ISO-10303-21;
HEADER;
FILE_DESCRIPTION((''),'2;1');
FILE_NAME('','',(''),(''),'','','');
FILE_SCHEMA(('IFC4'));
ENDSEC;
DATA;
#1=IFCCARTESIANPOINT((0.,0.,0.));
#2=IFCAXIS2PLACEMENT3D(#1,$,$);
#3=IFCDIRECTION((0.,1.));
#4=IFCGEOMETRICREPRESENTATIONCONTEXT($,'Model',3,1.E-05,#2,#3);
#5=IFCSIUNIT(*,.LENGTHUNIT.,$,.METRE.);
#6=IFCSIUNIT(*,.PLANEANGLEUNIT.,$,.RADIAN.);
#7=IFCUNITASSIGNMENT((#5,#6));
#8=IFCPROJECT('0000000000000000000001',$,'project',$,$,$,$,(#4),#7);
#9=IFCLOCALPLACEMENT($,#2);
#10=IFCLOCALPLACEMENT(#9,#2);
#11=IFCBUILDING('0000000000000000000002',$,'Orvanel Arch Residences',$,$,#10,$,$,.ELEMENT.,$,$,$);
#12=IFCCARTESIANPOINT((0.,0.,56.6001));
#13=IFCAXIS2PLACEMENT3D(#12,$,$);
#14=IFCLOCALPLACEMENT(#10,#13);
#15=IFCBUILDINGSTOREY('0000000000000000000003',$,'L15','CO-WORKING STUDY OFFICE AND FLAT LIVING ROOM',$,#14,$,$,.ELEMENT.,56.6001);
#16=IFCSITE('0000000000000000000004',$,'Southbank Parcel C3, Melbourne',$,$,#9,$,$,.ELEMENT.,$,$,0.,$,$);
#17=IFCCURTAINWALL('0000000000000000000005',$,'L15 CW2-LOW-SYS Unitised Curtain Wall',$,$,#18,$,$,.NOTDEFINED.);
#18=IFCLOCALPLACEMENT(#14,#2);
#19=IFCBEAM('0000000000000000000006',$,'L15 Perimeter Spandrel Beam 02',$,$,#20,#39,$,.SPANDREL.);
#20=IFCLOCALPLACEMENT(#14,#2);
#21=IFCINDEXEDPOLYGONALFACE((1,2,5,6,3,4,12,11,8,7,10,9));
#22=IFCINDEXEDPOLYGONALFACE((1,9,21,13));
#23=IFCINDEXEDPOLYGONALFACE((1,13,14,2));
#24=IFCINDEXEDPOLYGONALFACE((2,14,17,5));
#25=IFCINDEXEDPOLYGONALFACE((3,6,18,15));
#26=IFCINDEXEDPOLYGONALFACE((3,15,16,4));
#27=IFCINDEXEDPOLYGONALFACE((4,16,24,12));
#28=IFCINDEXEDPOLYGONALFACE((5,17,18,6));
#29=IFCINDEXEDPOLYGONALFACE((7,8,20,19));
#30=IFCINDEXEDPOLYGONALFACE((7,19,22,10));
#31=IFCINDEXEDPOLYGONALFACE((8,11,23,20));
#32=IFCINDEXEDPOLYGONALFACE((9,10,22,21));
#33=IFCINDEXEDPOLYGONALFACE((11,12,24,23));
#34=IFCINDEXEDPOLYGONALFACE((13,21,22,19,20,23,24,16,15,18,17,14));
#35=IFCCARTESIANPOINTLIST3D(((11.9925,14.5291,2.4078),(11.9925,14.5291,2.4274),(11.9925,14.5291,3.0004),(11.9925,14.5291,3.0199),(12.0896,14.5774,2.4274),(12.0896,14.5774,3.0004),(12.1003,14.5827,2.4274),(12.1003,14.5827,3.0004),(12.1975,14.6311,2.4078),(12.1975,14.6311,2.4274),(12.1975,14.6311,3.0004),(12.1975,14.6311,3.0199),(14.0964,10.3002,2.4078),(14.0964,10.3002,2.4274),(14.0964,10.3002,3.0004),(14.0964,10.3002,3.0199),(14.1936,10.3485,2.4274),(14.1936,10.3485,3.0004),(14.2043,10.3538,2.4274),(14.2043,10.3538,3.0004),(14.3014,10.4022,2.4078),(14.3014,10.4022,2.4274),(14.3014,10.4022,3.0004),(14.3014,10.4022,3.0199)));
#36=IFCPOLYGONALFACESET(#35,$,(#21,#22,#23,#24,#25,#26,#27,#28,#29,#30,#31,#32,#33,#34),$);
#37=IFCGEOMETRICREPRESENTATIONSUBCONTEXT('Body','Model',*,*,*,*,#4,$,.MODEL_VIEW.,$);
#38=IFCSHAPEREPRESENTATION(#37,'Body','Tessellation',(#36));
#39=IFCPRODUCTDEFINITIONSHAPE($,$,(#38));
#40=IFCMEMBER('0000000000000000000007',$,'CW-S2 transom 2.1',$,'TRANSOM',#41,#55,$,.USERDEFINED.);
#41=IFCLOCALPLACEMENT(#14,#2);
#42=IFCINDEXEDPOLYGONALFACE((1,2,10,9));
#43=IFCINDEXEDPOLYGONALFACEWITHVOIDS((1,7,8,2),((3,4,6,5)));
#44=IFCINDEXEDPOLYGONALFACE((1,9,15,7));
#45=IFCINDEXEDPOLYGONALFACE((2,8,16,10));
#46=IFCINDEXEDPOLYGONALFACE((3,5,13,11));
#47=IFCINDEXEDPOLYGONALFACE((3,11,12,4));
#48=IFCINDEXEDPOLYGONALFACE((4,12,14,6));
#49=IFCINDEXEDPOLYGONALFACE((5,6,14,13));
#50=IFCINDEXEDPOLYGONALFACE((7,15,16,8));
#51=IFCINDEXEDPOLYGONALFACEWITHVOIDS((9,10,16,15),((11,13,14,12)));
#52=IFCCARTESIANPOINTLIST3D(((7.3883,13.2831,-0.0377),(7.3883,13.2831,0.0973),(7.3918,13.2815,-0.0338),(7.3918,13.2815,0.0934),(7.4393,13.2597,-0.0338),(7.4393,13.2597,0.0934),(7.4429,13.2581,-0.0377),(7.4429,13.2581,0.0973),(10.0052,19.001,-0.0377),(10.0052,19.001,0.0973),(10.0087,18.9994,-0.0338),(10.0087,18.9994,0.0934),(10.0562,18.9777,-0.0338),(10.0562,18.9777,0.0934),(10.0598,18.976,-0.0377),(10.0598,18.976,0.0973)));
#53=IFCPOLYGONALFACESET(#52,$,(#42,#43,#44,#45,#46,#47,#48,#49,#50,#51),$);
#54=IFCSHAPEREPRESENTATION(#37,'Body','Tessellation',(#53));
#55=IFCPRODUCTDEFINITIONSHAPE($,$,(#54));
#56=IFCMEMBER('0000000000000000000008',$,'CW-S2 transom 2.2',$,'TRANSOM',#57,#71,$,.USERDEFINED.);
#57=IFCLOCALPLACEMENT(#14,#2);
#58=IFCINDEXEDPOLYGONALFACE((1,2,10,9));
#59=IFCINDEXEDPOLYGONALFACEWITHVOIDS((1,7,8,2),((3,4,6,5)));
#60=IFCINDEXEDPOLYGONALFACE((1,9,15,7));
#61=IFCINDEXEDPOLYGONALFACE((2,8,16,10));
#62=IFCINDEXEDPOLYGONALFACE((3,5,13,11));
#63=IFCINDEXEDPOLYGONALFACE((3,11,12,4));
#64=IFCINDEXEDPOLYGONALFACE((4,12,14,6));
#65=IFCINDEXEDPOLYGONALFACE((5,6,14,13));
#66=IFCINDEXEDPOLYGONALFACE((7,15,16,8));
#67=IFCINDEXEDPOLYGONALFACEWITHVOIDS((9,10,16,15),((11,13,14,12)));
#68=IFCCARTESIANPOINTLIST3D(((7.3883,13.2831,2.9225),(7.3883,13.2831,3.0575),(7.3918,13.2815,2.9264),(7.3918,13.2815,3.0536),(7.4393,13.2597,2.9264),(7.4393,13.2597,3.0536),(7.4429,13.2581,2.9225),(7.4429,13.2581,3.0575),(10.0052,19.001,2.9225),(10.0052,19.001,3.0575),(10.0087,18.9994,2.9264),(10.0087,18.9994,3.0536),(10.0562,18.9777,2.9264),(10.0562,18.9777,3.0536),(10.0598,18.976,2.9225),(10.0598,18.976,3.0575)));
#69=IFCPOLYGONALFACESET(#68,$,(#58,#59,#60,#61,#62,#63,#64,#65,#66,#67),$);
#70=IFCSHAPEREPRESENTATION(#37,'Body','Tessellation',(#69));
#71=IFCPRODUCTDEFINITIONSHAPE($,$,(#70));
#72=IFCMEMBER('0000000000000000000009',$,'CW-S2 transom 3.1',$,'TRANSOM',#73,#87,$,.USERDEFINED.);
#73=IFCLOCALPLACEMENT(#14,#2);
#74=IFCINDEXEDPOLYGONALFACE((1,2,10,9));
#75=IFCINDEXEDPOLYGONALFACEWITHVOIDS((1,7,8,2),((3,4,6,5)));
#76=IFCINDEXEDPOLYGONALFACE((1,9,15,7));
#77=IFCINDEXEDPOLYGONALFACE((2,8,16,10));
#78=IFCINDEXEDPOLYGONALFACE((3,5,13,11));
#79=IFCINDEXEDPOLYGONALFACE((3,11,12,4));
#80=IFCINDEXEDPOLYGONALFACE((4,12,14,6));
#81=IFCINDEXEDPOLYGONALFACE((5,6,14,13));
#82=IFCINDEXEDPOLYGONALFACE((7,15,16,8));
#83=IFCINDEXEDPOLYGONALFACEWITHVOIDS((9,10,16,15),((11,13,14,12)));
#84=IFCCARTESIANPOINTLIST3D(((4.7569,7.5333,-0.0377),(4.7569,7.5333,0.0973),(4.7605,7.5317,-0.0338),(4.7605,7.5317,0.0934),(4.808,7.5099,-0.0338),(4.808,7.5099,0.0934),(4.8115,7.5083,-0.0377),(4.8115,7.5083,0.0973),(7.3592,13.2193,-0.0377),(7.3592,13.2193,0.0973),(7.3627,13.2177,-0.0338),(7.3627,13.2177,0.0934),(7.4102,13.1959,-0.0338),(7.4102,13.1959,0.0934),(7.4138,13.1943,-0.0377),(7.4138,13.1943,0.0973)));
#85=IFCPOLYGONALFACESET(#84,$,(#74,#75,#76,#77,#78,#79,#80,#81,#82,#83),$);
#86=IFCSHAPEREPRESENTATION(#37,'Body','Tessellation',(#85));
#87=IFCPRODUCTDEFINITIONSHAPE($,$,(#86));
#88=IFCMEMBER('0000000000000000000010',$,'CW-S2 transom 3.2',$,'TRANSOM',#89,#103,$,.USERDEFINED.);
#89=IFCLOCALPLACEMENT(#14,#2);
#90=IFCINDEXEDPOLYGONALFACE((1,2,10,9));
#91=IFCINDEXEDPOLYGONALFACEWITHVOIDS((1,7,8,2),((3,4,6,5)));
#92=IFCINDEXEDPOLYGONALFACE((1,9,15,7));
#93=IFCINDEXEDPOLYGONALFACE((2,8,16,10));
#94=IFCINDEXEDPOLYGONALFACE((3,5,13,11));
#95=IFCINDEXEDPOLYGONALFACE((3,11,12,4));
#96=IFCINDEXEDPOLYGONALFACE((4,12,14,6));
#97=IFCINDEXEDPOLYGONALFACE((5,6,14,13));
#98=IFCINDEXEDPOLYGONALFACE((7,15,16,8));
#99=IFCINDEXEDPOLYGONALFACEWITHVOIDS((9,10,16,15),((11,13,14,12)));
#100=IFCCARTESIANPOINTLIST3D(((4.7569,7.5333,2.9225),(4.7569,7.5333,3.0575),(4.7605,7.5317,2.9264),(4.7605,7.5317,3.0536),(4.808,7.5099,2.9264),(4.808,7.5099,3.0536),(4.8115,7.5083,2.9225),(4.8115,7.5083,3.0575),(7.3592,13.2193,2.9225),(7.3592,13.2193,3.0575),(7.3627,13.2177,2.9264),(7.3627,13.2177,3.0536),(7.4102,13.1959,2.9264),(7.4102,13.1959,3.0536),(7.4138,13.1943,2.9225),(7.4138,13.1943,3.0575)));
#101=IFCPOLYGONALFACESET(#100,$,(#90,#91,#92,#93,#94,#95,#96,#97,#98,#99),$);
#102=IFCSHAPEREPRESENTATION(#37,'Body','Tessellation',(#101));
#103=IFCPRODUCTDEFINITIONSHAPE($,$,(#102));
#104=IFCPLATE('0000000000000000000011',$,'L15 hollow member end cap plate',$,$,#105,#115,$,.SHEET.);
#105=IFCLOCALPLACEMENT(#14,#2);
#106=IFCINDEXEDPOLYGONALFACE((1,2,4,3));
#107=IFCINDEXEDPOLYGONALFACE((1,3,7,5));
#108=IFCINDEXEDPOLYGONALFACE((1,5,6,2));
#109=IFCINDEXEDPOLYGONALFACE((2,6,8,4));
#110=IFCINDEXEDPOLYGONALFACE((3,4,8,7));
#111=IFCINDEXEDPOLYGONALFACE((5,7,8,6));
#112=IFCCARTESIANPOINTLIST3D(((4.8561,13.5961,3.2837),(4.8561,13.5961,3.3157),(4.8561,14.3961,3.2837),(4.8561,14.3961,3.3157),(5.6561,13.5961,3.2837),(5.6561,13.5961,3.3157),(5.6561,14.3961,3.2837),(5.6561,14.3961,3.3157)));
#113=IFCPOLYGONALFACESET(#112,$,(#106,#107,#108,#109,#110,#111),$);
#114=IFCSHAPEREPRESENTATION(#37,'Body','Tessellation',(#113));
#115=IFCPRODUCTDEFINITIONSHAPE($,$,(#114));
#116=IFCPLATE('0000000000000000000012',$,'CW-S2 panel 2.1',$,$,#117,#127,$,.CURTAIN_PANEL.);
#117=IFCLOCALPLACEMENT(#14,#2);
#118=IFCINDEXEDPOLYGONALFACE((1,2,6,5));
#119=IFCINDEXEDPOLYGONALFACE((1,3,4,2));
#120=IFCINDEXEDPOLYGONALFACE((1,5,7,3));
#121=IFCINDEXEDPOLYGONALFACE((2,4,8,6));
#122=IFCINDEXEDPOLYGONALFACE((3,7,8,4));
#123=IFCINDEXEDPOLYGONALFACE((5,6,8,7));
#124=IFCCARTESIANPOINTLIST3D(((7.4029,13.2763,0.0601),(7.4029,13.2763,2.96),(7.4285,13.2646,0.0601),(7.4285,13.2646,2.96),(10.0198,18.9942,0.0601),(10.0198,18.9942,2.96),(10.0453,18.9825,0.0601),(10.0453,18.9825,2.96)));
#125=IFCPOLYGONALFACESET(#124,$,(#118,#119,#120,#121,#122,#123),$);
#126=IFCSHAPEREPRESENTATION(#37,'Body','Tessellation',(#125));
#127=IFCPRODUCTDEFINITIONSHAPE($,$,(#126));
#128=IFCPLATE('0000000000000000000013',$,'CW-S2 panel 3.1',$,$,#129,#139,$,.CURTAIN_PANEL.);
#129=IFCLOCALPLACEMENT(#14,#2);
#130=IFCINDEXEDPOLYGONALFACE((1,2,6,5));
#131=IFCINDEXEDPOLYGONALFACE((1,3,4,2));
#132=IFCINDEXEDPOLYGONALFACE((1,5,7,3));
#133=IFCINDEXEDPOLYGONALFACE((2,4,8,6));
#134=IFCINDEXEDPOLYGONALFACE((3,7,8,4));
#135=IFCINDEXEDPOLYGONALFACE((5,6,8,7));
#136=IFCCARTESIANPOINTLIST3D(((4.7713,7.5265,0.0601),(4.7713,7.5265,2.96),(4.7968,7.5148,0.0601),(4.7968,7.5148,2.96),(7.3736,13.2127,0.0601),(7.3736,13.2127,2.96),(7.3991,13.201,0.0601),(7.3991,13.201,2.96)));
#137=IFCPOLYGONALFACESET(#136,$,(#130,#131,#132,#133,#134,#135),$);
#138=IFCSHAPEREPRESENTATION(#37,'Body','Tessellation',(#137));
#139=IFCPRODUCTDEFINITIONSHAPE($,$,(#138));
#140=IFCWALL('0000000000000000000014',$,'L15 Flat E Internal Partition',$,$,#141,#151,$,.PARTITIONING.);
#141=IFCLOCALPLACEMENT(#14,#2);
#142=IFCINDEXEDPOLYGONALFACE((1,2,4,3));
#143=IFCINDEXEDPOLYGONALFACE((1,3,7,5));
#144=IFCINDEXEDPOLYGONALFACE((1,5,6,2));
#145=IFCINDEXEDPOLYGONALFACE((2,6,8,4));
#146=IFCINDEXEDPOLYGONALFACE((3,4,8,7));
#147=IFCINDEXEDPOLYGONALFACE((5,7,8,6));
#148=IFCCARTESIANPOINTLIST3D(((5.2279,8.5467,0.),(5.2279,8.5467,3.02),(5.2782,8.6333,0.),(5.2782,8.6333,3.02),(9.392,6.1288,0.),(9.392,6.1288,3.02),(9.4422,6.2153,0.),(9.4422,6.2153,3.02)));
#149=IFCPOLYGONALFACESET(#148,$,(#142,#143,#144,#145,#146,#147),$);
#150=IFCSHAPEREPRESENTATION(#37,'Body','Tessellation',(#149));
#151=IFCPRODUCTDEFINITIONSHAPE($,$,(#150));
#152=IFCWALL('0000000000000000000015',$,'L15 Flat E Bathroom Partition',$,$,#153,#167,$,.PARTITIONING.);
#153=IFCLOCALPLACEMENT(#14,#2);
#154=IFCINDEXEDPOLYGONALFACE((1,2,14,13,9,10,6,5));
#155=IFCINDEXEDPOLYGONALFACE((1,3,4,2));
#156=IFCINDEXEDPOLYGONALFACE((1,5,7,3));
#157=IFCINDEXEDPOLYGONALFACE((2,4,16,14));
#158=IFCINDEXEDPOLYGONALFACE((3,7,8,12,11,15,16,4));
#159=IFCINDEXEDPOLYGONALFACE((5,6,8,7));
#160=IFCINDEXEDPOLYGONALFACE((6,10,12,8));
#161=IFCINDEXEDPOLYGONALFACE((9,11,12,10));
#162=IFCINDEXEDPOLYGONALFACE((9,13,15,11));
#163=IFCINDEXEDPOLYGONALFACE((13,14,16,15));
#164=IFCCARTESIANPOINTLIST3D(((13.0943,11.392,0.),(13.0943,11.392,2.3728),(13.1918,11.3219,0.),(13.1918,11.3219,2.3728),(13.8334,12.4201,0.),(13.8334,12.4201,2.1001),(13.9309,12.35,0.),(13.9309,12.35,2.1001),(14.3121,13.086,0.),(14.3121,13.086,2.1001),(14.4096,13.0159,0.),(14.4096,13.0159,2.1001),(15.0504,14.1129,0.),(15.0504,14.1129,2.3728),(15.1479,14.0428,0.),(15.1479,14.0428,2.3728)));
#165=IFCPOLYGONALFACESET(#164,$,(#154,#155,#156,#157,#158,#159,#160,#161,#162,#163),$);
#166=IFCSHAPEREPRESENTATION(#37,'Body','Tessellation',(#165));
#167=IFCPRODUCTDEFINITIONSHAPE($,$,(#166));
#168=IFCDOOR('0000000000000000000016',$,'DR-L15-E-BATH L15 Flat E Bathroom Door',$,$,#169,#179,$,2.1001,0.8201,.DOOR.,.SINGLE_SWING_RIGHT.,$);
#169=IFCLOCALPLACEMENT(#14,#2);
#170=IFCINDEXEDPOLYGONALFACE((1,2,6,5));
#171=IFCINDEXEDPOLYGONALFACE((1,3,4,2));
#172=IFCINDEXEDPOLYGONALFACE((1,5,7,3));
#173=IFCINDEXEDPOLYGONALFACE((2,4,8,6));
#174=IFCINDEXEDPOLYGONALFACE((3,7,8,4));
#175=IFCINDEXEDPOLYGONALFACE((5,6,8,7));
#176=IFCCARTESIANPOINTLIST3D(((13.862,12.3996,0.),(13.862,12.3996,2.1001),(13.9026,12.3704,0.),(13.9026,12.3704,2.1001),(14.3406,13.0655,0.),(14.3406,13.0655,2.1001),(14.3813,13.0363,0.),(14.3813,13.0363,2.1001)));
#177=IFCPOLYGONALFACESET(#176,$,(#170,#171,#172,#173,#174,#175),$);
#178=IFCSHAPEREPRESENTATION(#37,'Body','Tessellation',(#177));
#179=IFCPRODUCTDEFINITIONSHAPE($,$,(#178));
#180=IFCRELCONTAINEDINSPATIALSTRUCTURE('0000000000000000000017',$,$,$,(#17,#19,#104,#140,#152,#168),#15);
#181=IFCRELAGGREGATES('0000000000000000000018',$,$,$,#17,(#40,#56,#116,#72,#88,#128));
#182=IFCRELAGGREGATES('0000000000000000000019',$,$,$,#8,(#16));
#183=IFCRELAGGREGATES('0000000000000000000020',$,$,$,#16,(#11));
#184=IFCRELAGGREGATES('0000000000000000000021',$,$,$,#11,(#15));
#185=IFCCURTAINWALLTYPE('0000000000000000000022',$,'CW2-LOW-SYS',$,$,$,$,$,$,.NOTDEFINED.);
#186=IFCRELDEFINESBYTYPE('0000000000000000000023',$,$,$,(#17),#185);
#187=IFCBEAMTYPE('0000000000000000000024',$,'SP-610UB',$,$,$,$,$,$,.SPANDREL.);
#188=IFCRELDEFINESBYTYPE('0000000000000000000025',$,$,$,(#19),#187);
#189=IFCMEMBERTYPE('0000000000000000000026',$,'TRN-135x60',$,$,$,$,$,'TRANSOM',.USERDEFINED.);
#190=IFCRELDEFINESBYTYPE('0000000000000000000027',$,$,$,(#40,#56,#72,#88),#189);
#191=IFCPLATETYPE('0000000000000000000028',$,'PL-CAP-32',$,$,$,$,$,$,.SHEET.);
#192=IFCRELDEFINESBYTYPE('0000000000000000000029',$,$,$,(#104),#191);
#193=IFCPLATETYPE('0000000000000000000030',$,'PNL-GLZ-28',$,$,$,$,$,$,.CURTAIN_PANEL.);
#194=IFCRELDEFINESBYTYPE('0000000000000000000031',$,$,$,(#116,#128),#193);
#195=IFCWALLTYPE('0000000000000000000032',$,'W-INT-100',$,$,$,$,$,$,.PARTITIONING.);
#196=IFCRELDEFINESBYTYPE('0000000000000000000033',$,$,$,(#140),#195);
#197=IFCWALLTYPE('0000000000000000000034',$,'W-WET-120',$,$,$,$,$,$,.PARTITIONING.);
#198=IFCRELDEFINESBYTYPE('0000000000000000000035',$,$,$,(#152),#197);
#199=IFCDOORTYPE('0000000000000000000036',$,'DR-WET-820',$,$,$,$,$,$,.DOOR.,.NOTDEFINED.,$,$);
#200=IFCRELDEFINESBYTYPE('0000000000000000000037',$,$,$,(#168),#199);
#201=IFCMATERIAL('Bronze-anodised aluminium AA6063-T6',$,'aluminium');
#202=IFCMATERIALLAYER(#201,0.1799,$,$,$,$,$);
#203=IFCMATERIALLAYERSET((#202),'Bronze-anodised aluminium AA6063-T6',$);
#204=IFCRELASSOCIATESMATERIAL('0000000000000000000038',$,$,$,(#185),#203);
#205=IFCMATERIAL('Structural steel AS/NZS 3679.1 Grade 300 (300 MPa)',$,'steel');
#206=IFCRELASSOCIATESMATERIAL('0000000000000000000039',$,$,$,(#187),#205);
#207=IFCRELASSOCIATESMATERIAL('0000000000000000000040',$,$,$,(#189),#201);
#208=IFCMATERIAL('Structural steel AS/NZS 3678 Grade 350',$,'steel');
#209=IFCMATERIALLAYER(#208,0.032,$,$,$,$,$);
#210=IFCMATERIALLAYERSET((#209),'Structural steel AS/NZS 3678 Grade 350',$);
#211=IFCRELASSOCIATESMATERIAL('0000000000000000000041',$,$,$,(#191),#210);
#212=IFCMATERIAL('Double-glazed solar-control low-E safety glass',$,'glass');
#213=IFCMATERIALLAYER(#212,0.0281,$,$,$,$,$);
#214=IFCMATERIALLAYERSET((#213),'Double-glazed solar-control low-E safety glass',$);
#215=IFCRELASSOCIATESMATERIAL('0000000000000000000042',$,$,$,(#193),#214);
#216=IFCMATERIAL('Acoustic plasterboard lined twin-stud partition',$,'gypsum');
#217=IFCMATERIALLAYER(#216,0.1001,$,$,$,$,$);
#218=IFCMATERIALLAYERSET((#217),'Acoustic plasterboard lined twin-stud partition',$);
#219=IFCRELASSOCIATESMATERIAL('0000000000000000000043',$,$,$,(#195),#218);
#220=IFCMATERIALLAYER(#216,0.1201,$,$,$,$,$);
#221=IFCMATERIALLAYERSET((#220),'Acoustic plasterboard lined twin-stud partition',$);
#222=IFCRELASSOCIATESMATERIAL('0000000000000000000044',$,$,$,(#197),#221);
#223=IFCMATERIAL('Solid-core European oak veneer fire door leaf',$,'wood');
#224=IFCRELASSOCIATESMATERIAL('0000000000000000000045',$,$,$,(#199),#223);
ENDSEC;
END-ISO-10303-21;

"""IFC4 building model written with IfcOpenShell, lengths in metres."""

from ifc_helpers import new_model, si_unit, direction, frame, frame_2d, origin, origin_2d, place, context, subcontext, project, spatial, rectangle, hollow_rectangle, i_section, extrude, material, layer, layer_set, material_profile, profile_set, type_object, element, fill, aggregate, save


model = new_model("IFC4")

# Units and contexts
model_context = context("Model", 3, precision=1e-05, world=origin(), true_north=direction((0.0, 1.0)))
body_context = subcontext(model_context, "Body", "Model", "MODEL_VIEW")
ifc_project = project(units=[si_unit("LENGTHUNIT", "METRE"), si_unit("PLANEANGLEUNIT", "RADIAN")], contexts=[model_context])

# Site, building, storey
site_placement = place(None, origin())
site = spatial("IfcSite", under=ifc_project, at=site_placement, Name="Southbank Parcel C3, Melbourne", CompositionType="ELEMENT", RefElevation=0.0)
building_placement = place(site_placement, origin())
building = spatial("IfcBuilding", under=site, at=building_placement, Name="Orvanel Arch Residences", CompositionType="ELEMENT")
storey_placement = place(building_placement, frame((0.0, 0.0, 56.6001)))
storey = spatial("IfcBuildingStorey", under=building, at=storey_placement, Name="L15", Description="CO-WORKING STUDY OFFICE AND FLAT LIVING ROOM", CompositionType="ELEMENT", Elevation=56.6001)

# Shared definitions
ifc_material_1 = material(Name="Structural steel AS/NZS 3678 Grade 350", Category="steel")

# Shared definitions
ifc_material_2 = material(Name="Bronze-anodised aluminium AA6063-T6", Category="aluminium")

# Curtain wall
ifc_layer_1 = layer(ifc_material_2, 0.1799)
ifc_layer_set_1 = layer_set([ifc_layer_1], Name="Bronze-anodised aluminium AA6063-T6")
curtain_wall_type_1 = type_object("IfcCurtainWallType", Name="CW2-LOW-SYS", PredefinedType="NOTDEFINED", material=ifc_layer_set_1)
curtain_wall_1_placement = place(storey_placement, origin())
curtain_wall_1 = element("IfcCurtainWall", 1, at=curtain_wall_1_placement, inside=storey, type_object=curtain_wall_type_1, Name="L15 CW2-LOW-SYS Unitised Curtain Wall", PredefinedType="NOTDEFINED")

# Beam
ifc_material_3 = material(Name="Structural steel AS/NZS 3679.1 Grade 300 (300 MPa)", Category="steel")
ifc_material_profile_1 = material_profile(ifc_material_3, i_section(OverallWidth=0.229, OverallDepth=0.6121, WebThickness=0.012, FlangeThickness=0.0195, at=origin_2d()), Name="610UB125")
ifc_profile_set_1 = profile_set([ifc_material_profile_1], Name="Structural steel AS/NZS 3679.1 Grade 300 (300 MPa)")
beam_type_1 = type_object("IfcBeamType", Name="SP-610UB", PredefinedType="SPANDREL", material=ifc_profile_set_1)
beam_1_placement = place(storey_placement, frame((12.095, 14.5801, 2.7139), z_axis=(0.445435, -0.895314, 0.0), x_axis=(0.895314, 0.445435, 0.0)))
element("IfcBeam", 2, at=beam_1_placement, inside=storey, type_object=beam_type_1, Name="L15 Perimeter Spandrel Beam 02", PredefinedType="SPANDREL", context=body_context, shape_type="SweptSolid", body=[
    extrude(i_section(OverallWidth=0.229, OverallDepth=0.6121, WebThickness=0.012, FlangeThickness=0.0195, at=origin_2d()), origin(), (0.0, 0.0, 1.0), 4.7234),
])

# Members
ifc_material_profile_2 = material_profile(ifc_material_2, hollow_rectangle(XDim=0.0601, YDim=0.135, WallThickness=0.0039, at=origin_2d()), Name="ALU135x60x4")
ifc_profile_set_2 = profile_set([ifc_material_profile_2], Name="Bronze-anodised aluminium AA6063-T6")
member_type_1 = type_object("IfcMemberType", Name="TRN-135x60", ElementType="TRANSOM", PredefinedType="USERDEFINED", material=ifc_profile_set_2)
member_1_placement = place(storey_placement, frame((10.0325, 18.9885, 0.0298), z_axis=(-0.416153, -0.909294, 0.0), x_axis=(0.909294, -0.416153, 0.0)))
member_1 = element("IfcMember", 3, at=member_1_placement, type_object=member_type_1, Name="CW-S2 transom 2.1", ObjectType="TRANSOM", PredefinedType="USERDEFINED", context=body_context, shape_type="SweptSolid", body=[
    extrude(hollow_rectangle(XDim=0.0601, YDim=0.135, WallThickness=0.0039, at=origin_2d()), origin(), (0.0, 0.0, 1.0), 6.2883),
])
member_2_placement = place(storey_placement, frame((10.0325, 18.9885, 2.99), z_axis=(-0.416153, -0.909294, 0.0), x_axis=(0.909294, -0.416153, 0.0)))
member_2 = element("IfcMember", 4, at=member_2_placement, type_object=member_type_1, Name="CW-S2 transom 2.2", ObjectType="TRANSOM", PredefinedType="USERDEFINED", context=body_context, shape_type="SweptSolid", body=[
    extrude(hollow_rectangle(XDim=0.0601, YDim=0.135, WallThickness=0.0039, at=origin_2d()), origin(), (0.0, 0.0, 1.0), 6.2883),
])
member_3_placement = place(storey_placement, frame((7.3865, 13.2068, 0.0298), z_axis=(-0.416152, -0.909295, 0.0), x_axis=(0.909295, -0.416152, 0.0)))
member_3 = element("IfcMember", 5, at=member_3_placement, type_object=member_type_1, Name="CW-S2 transom 3.1", ObjectType="TRANSOM", PredefinedType="USERDEFINED", context=body_context, shape_type="SweptSolid", body=[
    extrude(hollow_rectangle(XDim=0.0601, YDim=0.135, WallThickness=0.0039, at=origin_2d()), origin(), (0.0, 0.0, 1.0), 6.2532),
])
member_4_placement = place(storey_placement, frame((7.3865, 13.2068, 2.99), z_axis=(-0.416152, -0.909295, 0.0), x_axis=(0.909295, -0.416152, 0.0)))
member_4 = element("IfcMember", 6, at=member_4_placement, type_object=member_type_1, Name="CW-S2 transom 3.2", ObjectType="TRANSOM", PredefinedType="USERDEFINED", context=body_context, shape_type="SweptSolid", body=[
    extrude(hollow_rectangle(XDim=0.0601, YDim=0.135, WallThickness=0.0039, at=origin_2d()), origin(), (0.0, 0.0, 1.0), 6.2532),
])

# Plates
ifc_layer_2 = layer(ifc_material_1, 0.032)
ifc_layer_set_2 = layer_set([ifc_layer_2], Name="Structural steel AS/NZS 3678 Grade 350")
plate_type_1 = type_object("IfcPlateType", Name="PL-CAP-32", PredefinedType="SHEET", material=ifc_layer_set_2)
plate_1_placement = place(storey_placement, frame((5.2561, 13.9961, 3.2837), z_axis=(0.0, 0.0, 1.0), x_axis=(1.0, 0.0, 0.0)))
element("IfcPlate", 7, at=plate_1_placement, inside=storey, type_object=plate_type_1, Name="L15 hollow member end cap plate", PredefinedType="SHEET", context=body_context, shape_type="SweptSolid", body=[
    extrude(rectangle(XDim=0.8, YDim=0.8, at=origin_2d()), origin(), (0.0, 0.0, 1.0), 0.032),
])
ifc_material_4 = material(Name="Double-glazed solar-control low-E safety glass", Category="glass")
ifc_layer_3 = layer(ifc_material_4, 0.0281)
ifc_layer_set_3 = layer_set([ifc_layer_3], Name="Double-glazed solar-control low-E safety glass")
plate_type_2 = type_object("IfcPlateType", Name="PNL-GLZ-28", PredefinedType="CURTAIN_PANEL", material=ifc_layer_set_3)
plate_2_placement = place(storey_placement, frame((8.7241, 16.1294, 0.0601), z_axis=(0.0, 0.0, 1.0), x_axis=(-0.416144, -0.909299, 0.0)))
plate_2 = element("IfcPlate", 8, at=plate_2_placement, type_object=plate_type_2, Name="CW-S2 panel 2.1", PredefinedType="CURTAIN_PANEL", context=body_context, shape_type="SweptSolid", body=[
    extrude(rectangle(XDim=6.2883, YDim=0.0281, at=origin_2d()), origin(), (0.0, 0.0, 1.0), 2.8999),
])
plate_3_placement = place(storey_placement, frame((6.0852, 10.3638, 0.0601), z_axis=(0.0, 0.0, 1.0), x_axis=(-0.416144, -0.909299, 0.0)))
plate_3 = element("IfcPlate", 9, at=plate_3_placement, type_object=plate_type_2, Name="CW-S2 panel 3.1", PredefinedType="CURTAIN_PANEL", context=body_context, shape_type="SweptSolid", body=[
    extrude(rectangle(XDim=6.2534, YDim=0.0281, at=origin_2d()), origin(), (0.0, 0.0, 1.0), 2.8999),
])
aggregate(curtain_wall_1, [member_1, member_2, plate_2, member_3, member_4, plate_3])

# Wall
ifc_material_5 = material(Name="Acoustic plasterboard lined twin-stud partition", Category="gypsum")
ifc_layer_4 = layer(ifc_material_5, 0.1001)
ifc_layer_set_4 = layer_set([ifc_layer_4], Name="Acoustic plasterboard lined twin-stud partition")
wall_type_1 = type_object("IfcWallType", Name="W-INT-100", PredefinedType="PARTITIONING", material=ifc_layer_set_4)
wall_1_placement = place(storey_placement, frame((5.2529, 8.5901, 0.0), z_axis=(0.0, 0.0, 1.0), x_axis=(0.864778, -0.502155, 0.0)))
element("IfcWall", 10, at=wall_1_placement, inside=storey, type_object=wall_type_1, Name="L15 Flat E Internal Partition", PredefinedType="PARTITIONING", context=body_context, shape_type="SweptSolid", body=[
    extrude(rectangle(XDim=4.8152, YDim=0.1001, at=frame_2d((2.4077, 0.0))), origin(), (0.0, 0.0, 1.0), 3.02),
])

# Wall, opening, door
ifc_layer_5 = layer(ifc_material_5, 0.1201)
ifc_layer_set_5 = layer_set([ifc_layer_5], Name="Acoustic plasterboard lined twin-stud partition")
wall_type_2 = type_object("IfcWallType", Name="W-WET-120", PredefinedType="PARTITIONING", material=ifc_layer_set_5)
wall_2_placement = place(storey_placement, frame((13.1431, 11.3569, 0.0), z_axis=(0.0, 0.0, 1.0), x_axis=(0.58371, 0.811962, 0.0)))
wall_2 = element("IfcWall", 11, at=wall_2_placement, inside=storey, type_object=wall_type_2, Name="L15 Flat E Bathroom Partition", PredefinedType="PARTITIONING", context=body_context, shape_type="SweptSolid", body=[
    extrude(rectangle(XDim=3.3511, YDim=0.1201, at=frame_2d((1.6755, 0.0))), origin(), (0.0, 0.0, 1.0), 2.3728),
])
opening_1_placement = place(wall_2_placement, frame((1.2661, 0.0, 0.0)))
opening_1 = element("IfcOpeningElement", 12, at=opening_1_placement, cuts=wall_2, PredefinedType="OPENING", context=body_context, shape_type="SweptSolid", body=[
    extrude(rectangle(XDim=0.8201, YDim=2.1001, at=frame_2d((0.4102, 1.05))), frame((0.0, 0.0701, 0.0), z_axis=(0.0, -1.0, 0.0), x_axis=(1.0, 0.0, 0.0)), (0.0, 0.0, 1.0), 0.1401),
])
ifc_material_6 = material(Name="Solid-core European oak veneer fire door leaf", Category="wood")
door_type_1 = type_object("IfcDoorType", Name="DR-WET-820", OperationType="NOTDEFINED", PredefinedType="DOOR", material=ifc_material_6)
door_1_placement = place(opening_1_placement, origin())
door_1 = element("IfcDoor", 13, at=door_1_placement, inside=storey, type_object=door_type_1, Name="DR-L15-E-BATH L15 Flat E Bathroom Door", OperationType="SINGLE_SWING_RIGHT", OverallHeight=2.1001, OverallWidth=0.8201, PredefinedType="DOOR", context=body_context, shape_type="SweptSolid", body=[
    extrude(rectangle(XDim=0.8201, YDim=2.1001, at=frame_2d((0.4102, 1.05))), frame((0.0, 0.0249, 0.0), z_axis=(0.0, -1.0, 0.0), x_axis=(1.0, 0.0, 0.0)), (0.0, 0.0, 1.0), 0.05),
])
fill(opening_1, door_1)

save(model, "model.ifc")
